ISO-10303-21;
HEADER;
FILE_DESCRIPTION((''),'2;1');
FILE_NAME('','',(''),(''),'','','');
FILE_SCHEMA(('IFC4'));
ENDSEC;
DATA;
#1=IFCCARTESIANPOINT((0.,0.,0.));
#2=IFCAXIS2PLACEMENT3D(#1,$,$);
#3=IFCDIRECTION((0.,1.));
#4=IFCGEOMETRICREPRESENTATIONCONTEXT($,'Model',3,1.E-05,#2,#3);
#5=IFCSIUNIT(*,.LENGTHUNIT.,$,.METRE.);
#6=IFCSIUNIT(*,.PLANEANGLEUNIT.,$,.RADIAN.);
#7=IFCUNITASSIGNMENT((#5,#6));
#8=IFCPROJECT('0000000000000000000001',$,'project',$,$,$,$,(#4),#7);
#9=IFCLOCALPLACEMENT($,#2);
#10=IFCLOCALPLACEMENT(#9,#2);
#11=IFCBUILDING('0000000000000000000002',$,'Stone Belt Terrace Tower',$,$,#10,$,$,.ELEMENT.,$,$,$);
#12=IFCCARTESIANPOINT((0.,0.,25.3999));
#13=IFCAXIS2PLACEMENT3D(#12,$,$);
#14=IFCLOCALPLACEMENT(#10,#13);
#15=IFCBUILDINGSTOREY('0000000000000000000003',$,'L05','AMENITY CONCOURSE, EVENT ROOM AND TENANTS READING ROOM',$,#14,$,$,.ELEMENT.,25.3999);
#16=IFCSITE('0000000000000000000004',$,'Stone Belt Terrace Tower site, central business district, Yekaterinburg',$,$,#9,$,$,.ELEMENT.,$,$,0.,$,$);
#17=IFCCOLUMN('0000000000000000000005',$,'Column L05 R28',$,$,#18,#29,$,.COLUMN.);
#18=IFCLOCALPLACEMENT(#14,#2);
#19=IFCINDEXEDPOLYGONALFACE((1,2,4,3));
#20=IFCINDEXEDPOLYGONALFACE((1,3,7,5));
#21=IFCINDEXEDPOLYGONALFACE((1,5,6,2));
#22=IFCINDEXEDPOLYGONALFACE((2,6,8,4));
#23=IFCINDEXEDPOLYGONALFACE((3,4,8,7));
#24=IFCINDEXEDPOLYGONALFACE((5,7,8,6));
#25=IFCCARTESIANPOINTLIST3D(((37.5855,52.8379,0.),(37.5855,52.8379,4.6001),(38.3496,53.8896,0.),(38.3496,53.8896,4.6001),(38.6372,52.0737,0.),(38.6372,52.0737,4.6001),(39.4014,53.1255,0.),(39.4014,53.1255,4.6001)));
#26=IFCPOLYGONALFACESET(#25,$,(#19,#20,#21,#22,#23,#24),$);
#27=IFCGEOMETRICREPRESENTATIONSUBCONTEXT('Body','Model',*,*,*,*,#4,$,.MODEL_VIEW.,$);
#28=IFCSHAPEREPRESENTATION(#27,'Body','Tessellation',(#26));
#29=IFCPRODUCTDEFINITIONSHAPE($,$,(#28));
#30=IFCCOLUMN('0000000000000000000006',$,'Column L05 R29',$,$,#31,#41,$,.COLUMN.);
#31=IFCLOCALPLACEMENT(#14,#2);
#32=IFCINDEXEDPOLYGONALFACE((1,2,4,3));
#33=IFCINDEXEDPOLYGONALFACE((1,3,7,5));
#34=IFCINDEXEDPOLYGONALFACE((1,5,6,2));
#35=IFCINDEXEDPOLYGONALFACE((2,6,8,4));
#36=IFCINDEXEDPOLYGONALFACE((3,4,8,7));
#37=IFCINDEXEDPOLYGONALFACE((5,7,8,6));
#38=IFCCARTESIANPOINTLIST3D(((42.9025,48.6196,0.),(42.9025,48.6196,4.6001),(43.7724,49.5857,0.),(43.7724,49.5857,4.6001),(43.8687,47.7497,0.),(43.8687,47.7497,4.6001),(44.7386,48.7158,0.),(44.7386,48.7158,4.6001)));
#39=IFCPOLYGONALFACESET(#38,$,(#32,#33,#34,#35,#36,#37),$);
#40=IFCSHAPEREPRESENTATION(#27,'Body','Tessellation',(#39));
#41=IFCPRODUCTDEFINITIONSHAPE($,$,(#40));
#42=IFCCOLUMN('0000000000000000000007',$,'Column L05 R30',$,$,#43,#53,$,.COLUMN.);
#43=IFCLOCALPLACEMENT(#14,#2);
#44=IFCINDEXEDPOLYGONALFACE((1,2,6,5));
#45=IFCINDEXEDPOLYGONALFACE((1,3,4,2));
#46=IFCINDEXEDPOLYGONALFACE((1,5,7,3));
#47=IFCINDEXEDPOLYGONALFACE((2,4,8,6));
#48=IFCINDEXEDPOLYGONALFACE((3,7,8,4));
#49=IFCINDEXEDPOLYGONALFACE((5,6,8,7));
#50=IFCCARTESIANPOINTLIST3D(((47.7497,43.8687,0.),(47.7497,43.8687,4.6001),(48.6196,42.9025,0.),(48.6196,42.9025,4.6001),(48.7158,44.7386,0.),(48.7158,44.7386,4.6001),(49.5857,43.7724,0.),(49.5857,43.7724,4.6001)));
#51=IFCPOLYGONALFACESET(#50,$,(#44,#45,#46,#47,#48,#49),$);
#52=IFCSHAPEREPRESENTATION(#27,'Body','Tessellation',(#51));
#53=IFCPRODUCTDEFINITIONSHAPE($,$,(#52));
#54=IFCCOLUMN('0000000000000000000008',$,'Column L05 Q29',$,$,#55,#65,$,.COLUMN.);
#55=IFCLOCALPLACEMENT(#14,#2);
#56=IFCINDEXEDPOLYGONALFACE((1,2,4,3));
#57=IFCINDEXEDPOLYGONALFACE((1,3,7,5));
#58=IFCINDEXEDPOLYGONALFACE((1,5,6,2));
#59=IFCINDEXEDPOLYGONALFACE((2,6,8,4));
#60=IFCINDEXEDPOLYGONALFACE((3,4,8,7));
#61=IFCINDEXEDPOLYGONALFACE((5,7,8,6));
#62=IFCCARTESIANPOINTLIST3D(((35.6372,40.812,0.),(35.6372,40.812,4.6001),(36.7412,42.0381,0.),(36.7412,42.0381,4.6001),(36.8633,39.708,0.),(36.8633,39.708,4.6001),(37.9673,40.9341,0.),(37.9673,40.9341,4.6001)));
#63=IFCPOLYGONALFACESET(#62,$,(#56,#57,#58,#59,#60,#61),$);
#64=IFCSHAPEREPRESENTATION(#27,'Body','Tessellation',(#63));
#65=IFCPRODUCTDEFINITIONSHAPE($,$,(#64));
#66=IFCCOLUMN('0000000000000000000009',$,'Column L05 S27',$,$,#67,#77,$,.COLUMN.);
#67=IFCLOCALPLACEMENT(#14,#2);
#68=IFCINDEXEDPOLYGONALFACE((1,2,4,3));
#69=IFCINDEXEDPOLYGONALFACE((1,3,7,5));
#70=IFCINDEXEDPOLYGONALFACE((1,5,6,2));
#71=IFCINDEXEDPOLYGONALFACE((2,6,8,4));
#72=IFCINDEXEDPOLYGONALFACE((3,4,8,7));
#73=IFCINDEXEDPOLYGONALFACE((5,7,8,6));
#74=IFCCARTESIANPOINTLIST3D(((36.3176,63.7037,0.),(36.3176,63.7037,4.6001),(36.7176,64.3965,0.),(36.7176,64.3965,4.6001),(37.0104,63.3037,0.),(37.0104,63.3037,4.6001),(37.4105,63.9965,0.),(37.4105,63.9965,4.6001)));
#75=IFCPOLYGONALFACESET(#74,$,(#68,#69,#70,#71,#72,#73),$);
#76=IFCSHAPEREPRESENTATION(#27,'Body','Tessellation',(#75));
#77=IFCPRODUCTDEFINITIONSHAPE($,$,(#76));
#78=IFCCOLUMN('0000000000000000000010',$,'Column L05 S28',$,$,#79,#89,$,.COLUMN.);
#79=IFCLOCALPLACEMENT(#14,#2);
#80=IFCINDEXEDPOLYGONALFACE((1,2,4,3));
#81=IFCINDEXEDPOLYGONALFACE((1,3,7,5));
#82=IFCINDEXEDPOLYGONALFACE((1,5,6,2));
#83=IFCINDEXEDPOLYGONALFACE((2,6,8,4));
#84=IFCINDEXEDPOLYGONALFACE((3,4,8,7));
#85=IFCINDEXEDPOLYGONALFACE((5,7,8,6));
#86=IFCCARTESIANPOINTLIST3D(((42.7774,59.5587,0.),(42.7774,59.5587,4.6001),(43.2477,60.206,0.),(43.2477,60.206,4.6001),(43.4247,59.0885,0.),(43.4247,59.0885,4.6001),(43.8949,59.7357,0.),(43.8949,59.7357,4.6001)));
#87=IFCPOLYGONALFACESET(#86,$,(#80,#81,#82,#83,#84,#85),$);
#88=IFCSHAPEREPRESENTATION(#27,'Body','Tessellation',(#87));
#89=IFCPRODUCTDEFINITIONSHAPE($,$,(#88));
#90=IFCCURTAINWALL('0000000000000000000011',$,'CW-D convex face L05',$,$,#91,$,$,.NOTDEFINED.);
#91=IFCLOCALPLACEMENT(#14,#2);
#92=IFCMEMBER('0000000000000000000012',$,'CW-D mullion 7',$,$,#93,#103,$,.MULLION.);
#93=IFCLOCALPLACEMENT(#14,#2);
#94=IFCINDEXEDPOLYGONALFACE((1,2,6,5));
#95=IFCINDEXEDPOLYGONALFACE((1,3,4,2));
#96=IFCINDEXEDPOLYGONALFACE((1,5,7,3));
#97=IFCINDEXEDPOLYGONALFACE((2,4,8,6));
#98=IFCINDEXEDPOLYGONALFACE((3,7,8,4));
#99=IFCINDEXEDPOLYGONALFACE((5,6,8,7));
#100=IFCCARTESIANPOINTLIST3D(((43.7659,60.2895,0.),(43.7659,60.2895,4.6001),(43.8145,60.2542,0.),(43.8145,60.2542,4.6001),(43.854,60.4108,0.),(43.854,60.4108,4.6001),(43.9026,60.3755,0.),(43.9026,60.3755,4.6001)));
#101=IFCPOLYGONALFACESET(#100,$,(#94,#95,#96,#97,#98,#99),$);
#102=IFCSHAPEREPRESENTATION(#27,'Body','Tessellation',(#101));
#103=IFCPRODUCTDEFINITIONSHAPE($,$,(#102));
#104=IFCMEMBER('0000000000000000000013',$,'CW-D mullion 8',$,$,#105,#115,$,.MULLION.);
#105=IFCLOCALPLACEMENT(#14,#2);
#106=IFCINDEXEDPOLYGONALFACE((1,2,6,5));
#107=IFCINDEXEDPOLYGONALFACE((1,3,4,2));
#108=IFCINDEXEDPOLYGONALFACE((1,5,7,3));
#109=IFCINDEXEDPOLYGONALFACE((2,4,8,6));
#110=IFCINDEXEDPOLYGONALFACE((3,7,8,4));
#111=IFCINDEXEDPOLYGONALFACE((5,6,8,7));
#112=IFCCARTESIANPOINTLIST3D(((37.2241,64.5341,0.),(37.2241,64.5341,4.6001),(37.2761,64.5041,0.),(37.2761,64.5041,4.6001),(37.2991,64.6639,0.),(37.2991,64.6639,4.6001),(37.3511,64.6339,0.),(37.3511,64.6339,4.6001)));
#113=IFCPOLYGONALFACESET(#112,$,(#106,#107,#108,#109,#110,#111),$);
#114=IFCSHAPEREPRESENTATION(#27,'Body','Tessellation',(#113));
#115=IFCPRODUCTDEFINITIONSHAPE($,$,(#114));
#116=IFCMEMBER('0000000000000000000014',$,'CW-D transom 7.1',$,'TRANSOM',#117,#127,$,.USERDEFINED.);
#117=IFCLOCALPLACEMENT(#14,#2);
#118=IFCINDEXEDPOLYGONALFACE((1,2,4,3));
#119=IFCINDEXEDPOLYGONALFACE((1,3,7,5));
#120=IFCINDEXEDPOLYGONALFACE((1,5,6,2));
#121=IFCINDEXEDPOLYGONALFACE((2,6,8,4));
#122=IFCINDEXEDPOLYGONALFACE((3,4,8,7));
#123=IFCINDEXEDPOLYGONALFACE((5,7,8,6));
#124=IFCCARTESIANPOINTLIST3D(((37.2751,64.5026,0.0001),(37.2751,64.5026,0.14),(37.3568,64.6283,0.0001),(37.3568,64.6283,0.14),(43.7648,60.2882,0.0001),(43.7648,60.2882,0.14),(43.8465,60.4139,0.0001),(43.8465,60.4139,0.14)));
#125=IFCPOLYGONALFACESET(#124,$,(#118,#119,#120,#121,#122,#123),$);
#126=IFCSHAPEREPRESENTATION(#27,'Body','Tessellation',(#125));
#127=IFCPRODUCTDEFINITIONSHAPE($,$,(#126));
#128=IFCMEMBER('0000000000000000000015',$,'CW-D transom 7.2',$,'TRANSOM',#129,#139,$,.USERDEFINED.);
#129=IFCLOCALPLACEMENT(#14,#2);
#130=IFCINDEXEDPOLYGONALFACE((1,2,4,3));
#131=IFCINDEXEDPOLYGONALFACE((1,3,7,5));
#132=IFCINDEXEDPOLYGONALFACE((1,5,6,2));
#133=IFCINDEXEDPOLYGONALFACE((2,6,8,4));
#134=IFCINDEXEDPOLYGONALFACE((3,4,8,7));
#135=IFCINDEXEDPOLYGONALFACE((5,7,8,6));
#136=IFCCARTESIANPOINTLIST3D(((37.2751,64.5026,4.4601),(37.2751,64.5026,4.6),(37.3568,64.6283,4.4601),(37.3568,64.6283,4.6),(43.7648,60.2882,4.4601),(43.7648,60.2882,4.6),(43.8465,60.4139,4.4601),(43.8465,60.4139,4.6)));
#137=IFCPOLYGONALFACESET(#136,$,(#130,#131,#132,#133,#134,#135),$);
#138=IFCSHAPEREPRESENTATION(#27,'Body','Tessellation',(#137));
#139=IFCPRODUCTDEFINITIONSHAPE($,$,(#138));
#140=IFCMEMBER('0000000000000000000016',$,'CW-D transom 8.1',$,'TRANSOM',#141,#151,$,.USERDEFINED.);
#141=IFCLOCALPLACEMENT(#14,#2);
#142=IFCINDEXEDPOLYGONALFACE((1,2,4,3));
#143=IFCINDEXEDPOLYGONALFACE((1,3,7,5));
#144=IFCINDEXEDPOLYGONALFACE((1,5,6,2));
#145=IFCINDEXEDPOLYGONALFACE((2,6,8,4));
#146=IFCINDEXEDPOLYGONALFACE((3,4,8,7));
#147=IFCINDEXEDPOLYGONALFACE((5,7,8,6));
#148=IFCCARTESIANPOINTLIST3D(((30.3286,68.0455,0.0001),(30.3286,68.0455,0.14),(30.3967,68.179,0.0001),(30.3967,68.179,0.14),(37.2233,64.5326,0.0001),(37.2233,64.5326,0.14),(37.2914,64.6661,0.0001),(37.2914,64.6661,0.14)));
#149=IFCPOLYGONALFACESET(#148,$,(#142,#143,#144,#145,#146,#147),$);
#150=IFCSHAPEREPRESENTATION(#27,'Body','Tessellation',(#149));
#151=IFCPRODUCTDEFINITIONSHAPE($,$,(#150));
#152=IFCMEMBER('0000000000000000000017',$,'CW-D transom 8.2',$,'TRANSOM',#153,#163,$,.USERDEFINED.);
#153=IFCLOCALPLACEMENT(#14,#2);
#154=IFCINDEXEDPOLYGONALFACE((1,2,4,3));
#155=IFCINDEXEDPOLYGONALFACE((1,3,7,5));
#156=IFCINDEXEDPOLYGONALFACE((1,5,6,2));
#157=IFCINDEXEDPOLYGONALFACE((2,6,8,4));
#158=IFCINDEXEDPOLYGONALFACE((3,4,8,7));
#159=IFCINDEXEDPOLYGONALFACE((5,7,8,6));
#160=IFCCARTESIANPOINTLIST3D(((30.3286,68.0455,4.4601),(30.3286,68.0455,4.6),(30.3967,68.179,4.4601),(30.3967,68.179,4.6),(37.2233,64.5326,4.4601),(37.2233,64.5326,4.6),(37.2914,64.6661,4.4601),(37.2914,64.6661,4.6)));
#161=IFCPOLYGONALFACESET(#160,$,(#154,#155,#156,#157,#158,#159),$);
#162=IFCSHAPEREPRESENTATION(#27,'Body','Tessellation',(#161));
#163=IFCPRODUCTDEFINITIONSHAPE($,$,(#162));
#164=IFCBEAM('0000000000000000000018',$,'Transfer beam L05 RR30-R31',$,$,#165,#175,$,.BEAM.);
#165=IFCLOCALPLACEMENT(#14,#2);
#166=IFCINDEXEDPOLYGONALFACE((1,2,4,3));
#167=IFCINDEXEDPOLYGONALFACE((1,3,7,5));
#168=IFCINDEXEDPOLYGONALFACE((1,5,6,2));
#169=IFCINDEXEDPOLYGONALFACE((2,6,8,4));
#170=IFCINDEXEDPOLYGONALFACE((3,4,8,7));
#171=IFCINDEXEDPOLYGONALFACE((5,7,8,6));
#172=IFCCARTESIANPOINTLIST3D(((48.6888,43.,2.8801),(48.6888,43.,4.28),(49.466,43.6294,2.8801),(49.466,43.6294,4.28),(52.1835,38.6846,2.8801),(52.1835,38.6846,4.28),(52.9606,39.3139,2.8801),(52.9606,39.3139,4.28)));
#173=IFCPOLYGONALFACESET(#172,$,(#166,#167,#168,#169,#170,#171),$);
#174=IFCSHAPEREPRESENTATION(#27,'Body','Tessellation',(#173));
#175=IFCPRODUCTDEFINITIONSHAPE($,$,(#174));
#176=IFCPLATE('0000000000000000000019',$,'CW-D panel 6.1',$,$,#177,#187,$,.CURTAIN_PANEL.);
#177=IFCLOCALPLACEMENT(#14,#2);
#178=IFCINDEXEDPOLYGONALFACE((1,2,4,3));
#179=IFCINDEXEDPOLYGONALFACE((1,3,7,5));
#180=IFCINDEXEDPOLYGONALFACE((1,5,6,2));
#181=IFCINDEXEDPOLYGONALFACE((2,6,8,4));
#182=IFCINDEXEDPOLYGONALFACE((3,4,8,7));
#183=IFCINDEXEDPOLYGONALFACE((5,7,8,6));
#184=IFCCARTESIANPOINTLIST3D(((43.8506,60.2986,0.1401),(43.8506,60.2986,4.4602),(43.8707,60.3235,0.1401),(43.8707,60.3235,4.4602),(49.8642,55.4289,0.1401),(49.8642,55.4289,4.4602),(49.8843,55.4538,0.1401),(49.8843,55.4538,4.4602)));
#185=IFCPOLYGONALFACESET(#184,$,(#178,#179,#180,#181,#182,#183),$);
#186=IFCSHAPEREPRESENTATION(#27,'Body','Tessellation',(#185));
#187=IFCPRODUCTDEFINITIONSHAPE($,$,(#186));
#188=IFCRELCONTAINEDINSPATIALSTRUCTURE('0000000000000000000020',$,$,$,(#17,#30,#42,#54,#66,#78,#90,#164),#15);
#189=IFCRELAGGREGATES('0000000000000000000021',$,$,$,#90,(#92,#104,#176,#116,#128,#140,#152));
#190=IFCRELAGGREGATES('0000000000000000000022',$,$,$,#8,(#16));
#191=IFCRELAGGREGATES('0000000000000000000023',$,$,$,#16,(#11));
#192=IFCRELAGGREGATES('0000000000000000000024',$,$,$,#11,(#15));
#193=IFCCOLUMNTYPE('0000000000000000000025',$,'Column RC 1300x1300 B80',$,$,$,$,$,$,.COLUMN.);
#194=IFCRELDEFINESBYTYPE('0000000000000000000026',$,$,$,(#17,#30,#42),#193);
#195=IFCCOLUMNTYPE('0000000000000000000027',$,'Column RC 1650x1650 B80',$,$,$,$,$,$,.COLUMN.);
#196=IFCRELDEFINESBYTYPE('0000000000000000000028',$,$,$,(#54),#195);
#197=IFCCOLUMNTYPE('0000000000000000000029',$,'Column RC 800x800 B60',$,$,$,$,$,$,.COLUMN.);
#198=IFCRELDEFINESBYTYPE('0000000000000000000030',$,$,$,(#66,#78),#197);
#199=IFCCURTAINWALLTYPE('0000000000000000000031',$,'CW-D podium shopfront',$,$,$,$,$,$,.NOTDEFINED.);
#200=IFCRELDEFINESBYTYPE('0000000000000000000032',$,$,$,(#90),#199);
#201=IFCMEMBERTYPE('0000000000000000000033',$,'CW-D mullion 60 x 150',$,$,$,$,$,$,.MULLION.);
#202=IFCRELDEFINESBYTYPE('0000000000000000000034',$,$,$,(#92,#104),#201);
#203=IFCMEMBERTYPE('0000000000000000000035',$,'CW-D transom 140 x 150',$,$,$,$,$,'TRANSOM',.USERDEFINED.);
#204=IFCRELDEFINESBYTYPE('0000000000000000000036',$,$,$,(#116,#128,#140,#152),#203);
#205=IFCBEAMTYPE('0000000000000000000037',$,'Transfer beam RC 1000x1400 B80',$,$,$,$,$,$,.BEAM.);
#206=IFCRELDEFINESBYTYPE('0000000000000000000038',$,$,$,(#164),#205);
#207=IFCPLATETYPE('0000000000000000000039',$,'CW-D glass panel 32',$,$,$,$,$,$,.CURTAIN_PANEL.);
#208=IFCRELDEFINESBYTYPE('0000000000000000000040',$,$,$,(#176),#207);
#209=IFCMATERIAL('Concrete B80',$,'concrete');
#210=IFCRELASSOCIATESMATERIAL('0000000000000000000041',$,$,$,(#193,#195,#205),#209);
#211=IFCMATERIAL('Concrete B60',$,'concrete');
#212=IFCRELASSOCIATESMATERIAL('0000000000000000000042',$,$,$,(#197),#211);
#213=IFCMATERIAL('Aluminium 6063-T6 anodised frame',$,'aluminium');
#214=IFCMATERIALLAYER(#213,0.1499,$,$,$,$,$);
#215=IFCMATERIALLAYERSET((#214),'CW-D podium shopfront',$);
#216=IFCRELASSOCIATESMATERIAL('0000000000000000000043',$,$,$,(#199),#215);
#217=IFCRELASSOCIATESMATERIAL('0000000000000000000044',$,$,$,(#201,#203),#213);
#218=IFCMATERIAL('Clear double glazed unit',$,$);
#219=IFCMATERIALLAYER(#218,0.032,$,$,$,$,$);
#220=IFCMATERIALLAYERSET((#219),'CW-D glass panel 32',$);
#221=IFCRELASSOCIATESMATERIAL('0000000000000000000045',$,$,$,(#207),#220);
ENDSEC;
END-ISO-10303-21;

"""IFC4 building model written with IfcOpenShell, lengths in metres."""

from ifc_helpers import new_model, si_unit, direction, frame, origin, origin_2d, place, context, subcontext, project, spatial, rectangle, extrude, material, layer, layer_set, material_profile, profile_set, type_object, element, aggregate, save


model = new_model("IFC4")

# Units and contexts
model_context = context("Model", 3, precision=1e-05, world=origin(), true_north=direction((0.0, 1.0)))
body_context = subcontext(model_context, "Body", "Model", "MODEL_VIEW")
ifc_project = project(units=[si_unit("LENGTHUNIT", "METRE"), si_unit("PLANEANGLEUNIT", "RADIAN")], contexts=[model_context])

# Site, building, storey
site_placement = place(None, origin())
site = spatial("IfcSite", under=ifc_project, at=site_placement, Name="Stone Belt Terrace Tower site, central business district, Yekaterinburg", CompositionType="ELEMENT", RefElevation=0.0)
building_placement = place(site_placement, origin())
building = spatial("IfcBuilding", under=site, at=building_placement, Name="Stone Belt Terrace Tower", CompositionType="ELEMENT")
storey_placement = place(building_placement, frame((0.0, 0.0, 25.3999)))
storey = spatial("IfcBuildingStorey", under=building, at=storey_placement, Name="L05", Description="AMENITY CONCOURSE, EVENT ROOM AND TENANTS READING ROOM", CompositionType="ELEMENT", Elevation=25.3999)

# Columns
ifc_material_1 = material(Name="Concrete B80", Category="concrete")
ifc_material_profile_1 = material_profile(ifc_material_1, rectangle(XDim=1.3, YDim=1.3, at=origin_2d()), Name="RC 1300x1300")
ifc_profile_set_1 = profile_set([ifc_material_profile_1], Name="Concrete B80")
column_type_1 = type_object("IfcColumnType", Name="Column RC 1300x1300 B80", PredefinedType="COLUMN", material=ifc_profile_set_1)
for number, where, z_axis, x_axis, name in (
    (1, (38.4934, 52.9817, 0.0), (0.0, 0.0, 1.0), (0.809017, -0.587785, 0.0), "Column L05 R28"),
    (2, (43.8206, 48.6677, 0.0), (0.0, 0.0, 1.0), (0.743145, -0.669131, 0.0), "Column L05 R29"),
    (3, (48.6677, 43.8206, 0.0), (0.0, 0.0, 1.0), (0.669131, -0.743145, 0.0), "Column L05 R30"),
):
    element("IfcColumn", number, at=place(storey_placement, frame(where, z_axis=z_axis, x_axis=x_axis)), inside=storey, type_object=column_type_1, Name=name, PredefinedType="COLUMN", context=body_context, shape_type="SweptSolid", body=[
        extrude(rectangle(XDim=1.3, YDim=1.3, at=origin_2d()), origin(), (0.0, 0.0, 1.0), 4.6001),
    ])
ifc_material_profile_2 = material_profile(ifc_material_1, rectangle(XDim=1.6499, YDim=1.6499, at=origin_2d()), Name="RC 1650x1650")
ifc_profile_set_2 = profile_set([ifc_material_profile_2], Name="Concrete B80")
column_type_2 = type_object("IfcColumnType", Name="Column RC 1650x1650 B80", PredefinedType="COLUMN", material=ifc_profile_set_2)
column_placement = place(storey_placement, frame((36.8022, 40.873, 0.0), z_axis=(0.0, 0.0, 1.0), x_axis=(0.743145, -0.669131, 0.0)))
element("IfcColumn", 4, at=column_placement, inside=storey, type_object=column_type_2, Name="Column L05 Q29", PredefinedType="COLUMN", context=body_context, shape_type="SweptSolid", body=[
    extrude(rectangle(XDim=1.6499, YDim=1.6499, at=origin_2d()), origin(), (0.0, 0.0, 1.0), 4.6001),
])
ifc_material_2 = material(Name="Concrete B60", Category="concrete")
ifc_material_profile_3 = material_profile(ifc_material_2, rectangle(XDim=0.8, YDim=0.8, at=origin_2d()), Name="RC 800x800")
ifc_profile_set_3 = profile_set([ifc_material_profile_3], Name="Concrete B60")
column_type_3 = type_object("IfcColumnType", Name="Column RC 800x800 B60", PredefinedType="COLUMN", material=ifc_profile_set_3)
for number, where, z_axis, x_axis, name in (
    (5, (36.864, 63.8501, 0.0), (0.0, 0.0, 1.0), (0.866025, -0.5, 0.0), "Column L05 S27"),
    (6, (43.3362, 59.6472, 0.0), (0.0, 0.0, 1.0), (0.809017, -0.587785, 0.0), "Column L05 S28"),
):
    element("IfcColumn", number, at=place(storey_placement, frame(where, z_axis=z_axis, x_axis=x_axis)), inside=storey, type_object=column_type_3, Name=name, PredefinedType="COLUMN", context=body_context, shape_type="SweptSolid", body=[
        extrude(rectangle(XDim=0.8, YDim=0.8, at=origin_2d()), origin(), (0.0, 0.0, 1.0), 4.6001),
    ])

# Curtain wall, members
ifc_material_3 = material(Name="Aluminium 6063-T6 anodised frame", Category="aluminium")
ifc_layer_1 = layer(ifc_material_3, 0.1499)
ifc_layer_set_1 = layer_set([ifc_layer_1], Name="CW-D podium shopfront")
curtain_wall_type = type_object("IfcCurtainWallType", Name="CW-D podium shopfront", PredefinedType="NOTDEFINED", material=ifc_layer_set_1)
curtain_wall_placement = place(storey_placement, origin())
curtain_wall = element("IfcCurtainWall", 7, at=curtain_wall_placement, inside=storey, type_object=curtain_wall_type, Name="CW-D convex face L05", PredefinedType="NOTDEFINED")
ifc_material_profile_4 = material_profile(ifc_material_3, rectangle(XDim=0.1499, YDim=0.0601, at=origin_2d()), Name="Aluminium 6063-T6 60x150")
ifc_profile_set_4 = profile_set([ifc_material_profile_4], Name="Aluminium 6063-T6 anodised frame")
member_type_1 = type_object("IfcMemberType", Name="CW-D mullion 60 x 150", PredefinedType="MULLION", material=ifc_profile_set_4)
member_1_placement = place(storey_placement, frame((43.8342, 60.3325, 0.0), z_axis=(0.0, 0.0, 1.0), x_axis=(-0.587785, -0.809017, 0.0)))
member_1 = element("IfcMember", 8, at=member_1_placement, type_object=member_type_1, Name="CW-D mullion 7", PredefinedType="MULLION", context=body_context, shape_type="SweptSolid", body=[
    extrude(rectangle(XDim=0.1499, YDim=0.0601, at=origin_2d()), origin(), (0.0, 0.0, 1.0), 4.6001),
])
member_2_placement = place(storey_placement, frame((37.2876, 64.584, 0.0), z_axis=(0.0, 0.0, 1.0), x_axis=(-0.5, -0.866025, 0.0)))
member_2 = element("IfcMember", 9, at=member_2_placement, type_object=member_type_1, Name="CW-D mullion 8", PredefinedType="MULLION", context=body_context, shape_type="SweptSolid", body=[
    extrude(rectangle(XDim=0.1499, YDim=0.0601, at=origin_2d()), origin(), (0.0, 0.0, 1.0), 4.6001),
])
ifc_material_profile_5 = material_profile(ifc_material_3, rectangle(XDim=0.1499, YDim=0.1399, at=origin_2d()), Name="Aluminium 6063-T6 150x140")
ifc_profile_set_5 = profile_set([ifc_material_profile_5], Name="Aluminium 6063-T6 anodised frame")
member_type_2 = type_object("IfcMemberType", Name="CW-D transom 140 x 150", ElementType="TRANSOM", PredefinedType="USERDEFINED", material=ifc_profile_set_5)
member_3_placement = place(storey_placement, frame((43.8057, 60.3511, 0.0701), z_axis=(-0.838679, 0.544627, 0.0), x_axis=(-0.544627, -0.838679, 0.0)))
member_3 = element("IfcMember", 10, at=member_3_placement, type_object=member_type_2, Name="CW-D transom 7.1", ObjectType="TRANSOM", PredefinedType="USERDEFINED", context=body_context, shape_type="SweptSolid", body=[
    extrude(rectangle(XDim=0.1499, YDim=0.1399, at=origin_2d()), origin(), (0.0, 0.0, 1.0), 7.738),
])
member_4_placement = place(storey_placement, frame((43.8057, 60.3511, 4.53), z_axis=(-0.838679, 0.544627, 0.0), x_axis=(-0.544627, -0.838679, 0.0)))
member_4 = element("IfcMember", 11, at=member_4_placement, type_object=member_type_2, Name="CW-D transom 7.2", ObjectType="TRANSOM", PredefinedType="USERDEFINED", context=body_context, shape_type="SweptSolid", body=[
    extrude(rectangle(XDim=0.1499, YDim=0.1399, at=origin_2d()), origin(), (0.0, 0.0, 1.0), 7.738),
])
member_5_placement = place(storey_placement, frame((37.2573, 64.5994, 0.0701), z_axis=(-0.891013, 0.453978, 0.0), x_axis=(-0.453978, -0.891013, 0.0)))
member_5 = element("IfcMember", 12, at=member_5_placement, type_object=member_type_2, Name="CW-D transom 8.1", ObjectType="TRANSOM", PredefinedType="USERDEFINED", context=body_context, shape_type="SweptSolid", body=[
    extrude(rectangle(XDim=0.1499, YDim=0.1399, at=origin_2d()), origin(), (0.0, 0.0, 1.0), 7.738),
])
member_6_placement = place(storey_placement, frame((37.2573, 64.5994, 4.53), z_axis=(-0.891013, 0.453978, 0.0), x_axis=(-0.453978, -0.891013, 0.0)))
member_6 = element("IfcMember", 13, at=member_6_placement, type_object=member_type_2, Name="CW-D transom 8.2", ObjectType="TRANSOM", PredefinedType="USERDEFINED", context=body_context, shape_type="SweptSolid", body=[
    extrude(rectangle(XDim=0.1499, YDim=0.1399, at=origin_2d()), origin(), (0.0, 0.0, 1.0), 7.738),
])

# Beam
ifc_material_profile_6 = material_profile(ifc_material_1, rectangle(XDim=1.0, YDim=1.3999, at=origin_2d()), Name="RC 1000x1400")
ifc_profile_set_6 = profile_set([ifc_material_profile_6], Name="Concrete B80")
beam_type = type_object("IfcBeamType", Name="Transfer beam RC 1000x1400 B80", PredefinedType="BEAM", material=ifc_profile_set_6)
beam_placement = place(storey_placement, frame((49.0774, 43.3147, 3.5801), z_axis=(0.629327, -0.77714, 0.0), x_axis=(0.77714, 0.629327, 0.0)))
element("IfcBeam", 14, at=beam_placement, inside=storey, type_object=beam_type, Name="Transfer beam L05 RR30-R31", PredefinedType="BEAM", context=body_context, shape_type="SweptSolid", body=[
    extrude(rectangle(XDim=1.0, YDim=1.3999, at=origin_2d()), origin(), (0.0, 0.0, 1.0), 5.553),
])

# Plate
ifc_material_4 = material(Name="Clear double glazed unit")
ifc_layer_2 = layer(ifc_material_4, 0.032)
ifc_layer_set_2 = layer_set([ifc_layer_2], Name="CW-D glass panel 32")
plate_type = type_object("IfcPlateType", Name="CW-D glass panel 32", PredefinedType="CURTAIN_PANEL", material=ifc_layer_set_2)
plate_1_placement = place(storey_placement, frame((46.8674, 57.8762, 0.1401), z_axis=(0.0, 0.0, 1.0), x_axis=(-0.777146, 0.62932, 0.0)))
plate_1 = element("IfcPlate", 15, at=plate_1_placement, type_object=plate_type, Name="CW-D panel 6.1", PredefinedType="CURTAIN_PANEL", context=body_context, shape_type="SweptSolid", body=[
    extrude(rectangle(XDim=7.738, YDim=0.032, at=origin_2d()), origin(), (0.0, 0.0, 1.0), 4.3201),
])
aggregate(curtain_wall, [member_1, member_2, plate_1, member_3, member_4, member_5, member_6])

save(model, "model.ifc")
